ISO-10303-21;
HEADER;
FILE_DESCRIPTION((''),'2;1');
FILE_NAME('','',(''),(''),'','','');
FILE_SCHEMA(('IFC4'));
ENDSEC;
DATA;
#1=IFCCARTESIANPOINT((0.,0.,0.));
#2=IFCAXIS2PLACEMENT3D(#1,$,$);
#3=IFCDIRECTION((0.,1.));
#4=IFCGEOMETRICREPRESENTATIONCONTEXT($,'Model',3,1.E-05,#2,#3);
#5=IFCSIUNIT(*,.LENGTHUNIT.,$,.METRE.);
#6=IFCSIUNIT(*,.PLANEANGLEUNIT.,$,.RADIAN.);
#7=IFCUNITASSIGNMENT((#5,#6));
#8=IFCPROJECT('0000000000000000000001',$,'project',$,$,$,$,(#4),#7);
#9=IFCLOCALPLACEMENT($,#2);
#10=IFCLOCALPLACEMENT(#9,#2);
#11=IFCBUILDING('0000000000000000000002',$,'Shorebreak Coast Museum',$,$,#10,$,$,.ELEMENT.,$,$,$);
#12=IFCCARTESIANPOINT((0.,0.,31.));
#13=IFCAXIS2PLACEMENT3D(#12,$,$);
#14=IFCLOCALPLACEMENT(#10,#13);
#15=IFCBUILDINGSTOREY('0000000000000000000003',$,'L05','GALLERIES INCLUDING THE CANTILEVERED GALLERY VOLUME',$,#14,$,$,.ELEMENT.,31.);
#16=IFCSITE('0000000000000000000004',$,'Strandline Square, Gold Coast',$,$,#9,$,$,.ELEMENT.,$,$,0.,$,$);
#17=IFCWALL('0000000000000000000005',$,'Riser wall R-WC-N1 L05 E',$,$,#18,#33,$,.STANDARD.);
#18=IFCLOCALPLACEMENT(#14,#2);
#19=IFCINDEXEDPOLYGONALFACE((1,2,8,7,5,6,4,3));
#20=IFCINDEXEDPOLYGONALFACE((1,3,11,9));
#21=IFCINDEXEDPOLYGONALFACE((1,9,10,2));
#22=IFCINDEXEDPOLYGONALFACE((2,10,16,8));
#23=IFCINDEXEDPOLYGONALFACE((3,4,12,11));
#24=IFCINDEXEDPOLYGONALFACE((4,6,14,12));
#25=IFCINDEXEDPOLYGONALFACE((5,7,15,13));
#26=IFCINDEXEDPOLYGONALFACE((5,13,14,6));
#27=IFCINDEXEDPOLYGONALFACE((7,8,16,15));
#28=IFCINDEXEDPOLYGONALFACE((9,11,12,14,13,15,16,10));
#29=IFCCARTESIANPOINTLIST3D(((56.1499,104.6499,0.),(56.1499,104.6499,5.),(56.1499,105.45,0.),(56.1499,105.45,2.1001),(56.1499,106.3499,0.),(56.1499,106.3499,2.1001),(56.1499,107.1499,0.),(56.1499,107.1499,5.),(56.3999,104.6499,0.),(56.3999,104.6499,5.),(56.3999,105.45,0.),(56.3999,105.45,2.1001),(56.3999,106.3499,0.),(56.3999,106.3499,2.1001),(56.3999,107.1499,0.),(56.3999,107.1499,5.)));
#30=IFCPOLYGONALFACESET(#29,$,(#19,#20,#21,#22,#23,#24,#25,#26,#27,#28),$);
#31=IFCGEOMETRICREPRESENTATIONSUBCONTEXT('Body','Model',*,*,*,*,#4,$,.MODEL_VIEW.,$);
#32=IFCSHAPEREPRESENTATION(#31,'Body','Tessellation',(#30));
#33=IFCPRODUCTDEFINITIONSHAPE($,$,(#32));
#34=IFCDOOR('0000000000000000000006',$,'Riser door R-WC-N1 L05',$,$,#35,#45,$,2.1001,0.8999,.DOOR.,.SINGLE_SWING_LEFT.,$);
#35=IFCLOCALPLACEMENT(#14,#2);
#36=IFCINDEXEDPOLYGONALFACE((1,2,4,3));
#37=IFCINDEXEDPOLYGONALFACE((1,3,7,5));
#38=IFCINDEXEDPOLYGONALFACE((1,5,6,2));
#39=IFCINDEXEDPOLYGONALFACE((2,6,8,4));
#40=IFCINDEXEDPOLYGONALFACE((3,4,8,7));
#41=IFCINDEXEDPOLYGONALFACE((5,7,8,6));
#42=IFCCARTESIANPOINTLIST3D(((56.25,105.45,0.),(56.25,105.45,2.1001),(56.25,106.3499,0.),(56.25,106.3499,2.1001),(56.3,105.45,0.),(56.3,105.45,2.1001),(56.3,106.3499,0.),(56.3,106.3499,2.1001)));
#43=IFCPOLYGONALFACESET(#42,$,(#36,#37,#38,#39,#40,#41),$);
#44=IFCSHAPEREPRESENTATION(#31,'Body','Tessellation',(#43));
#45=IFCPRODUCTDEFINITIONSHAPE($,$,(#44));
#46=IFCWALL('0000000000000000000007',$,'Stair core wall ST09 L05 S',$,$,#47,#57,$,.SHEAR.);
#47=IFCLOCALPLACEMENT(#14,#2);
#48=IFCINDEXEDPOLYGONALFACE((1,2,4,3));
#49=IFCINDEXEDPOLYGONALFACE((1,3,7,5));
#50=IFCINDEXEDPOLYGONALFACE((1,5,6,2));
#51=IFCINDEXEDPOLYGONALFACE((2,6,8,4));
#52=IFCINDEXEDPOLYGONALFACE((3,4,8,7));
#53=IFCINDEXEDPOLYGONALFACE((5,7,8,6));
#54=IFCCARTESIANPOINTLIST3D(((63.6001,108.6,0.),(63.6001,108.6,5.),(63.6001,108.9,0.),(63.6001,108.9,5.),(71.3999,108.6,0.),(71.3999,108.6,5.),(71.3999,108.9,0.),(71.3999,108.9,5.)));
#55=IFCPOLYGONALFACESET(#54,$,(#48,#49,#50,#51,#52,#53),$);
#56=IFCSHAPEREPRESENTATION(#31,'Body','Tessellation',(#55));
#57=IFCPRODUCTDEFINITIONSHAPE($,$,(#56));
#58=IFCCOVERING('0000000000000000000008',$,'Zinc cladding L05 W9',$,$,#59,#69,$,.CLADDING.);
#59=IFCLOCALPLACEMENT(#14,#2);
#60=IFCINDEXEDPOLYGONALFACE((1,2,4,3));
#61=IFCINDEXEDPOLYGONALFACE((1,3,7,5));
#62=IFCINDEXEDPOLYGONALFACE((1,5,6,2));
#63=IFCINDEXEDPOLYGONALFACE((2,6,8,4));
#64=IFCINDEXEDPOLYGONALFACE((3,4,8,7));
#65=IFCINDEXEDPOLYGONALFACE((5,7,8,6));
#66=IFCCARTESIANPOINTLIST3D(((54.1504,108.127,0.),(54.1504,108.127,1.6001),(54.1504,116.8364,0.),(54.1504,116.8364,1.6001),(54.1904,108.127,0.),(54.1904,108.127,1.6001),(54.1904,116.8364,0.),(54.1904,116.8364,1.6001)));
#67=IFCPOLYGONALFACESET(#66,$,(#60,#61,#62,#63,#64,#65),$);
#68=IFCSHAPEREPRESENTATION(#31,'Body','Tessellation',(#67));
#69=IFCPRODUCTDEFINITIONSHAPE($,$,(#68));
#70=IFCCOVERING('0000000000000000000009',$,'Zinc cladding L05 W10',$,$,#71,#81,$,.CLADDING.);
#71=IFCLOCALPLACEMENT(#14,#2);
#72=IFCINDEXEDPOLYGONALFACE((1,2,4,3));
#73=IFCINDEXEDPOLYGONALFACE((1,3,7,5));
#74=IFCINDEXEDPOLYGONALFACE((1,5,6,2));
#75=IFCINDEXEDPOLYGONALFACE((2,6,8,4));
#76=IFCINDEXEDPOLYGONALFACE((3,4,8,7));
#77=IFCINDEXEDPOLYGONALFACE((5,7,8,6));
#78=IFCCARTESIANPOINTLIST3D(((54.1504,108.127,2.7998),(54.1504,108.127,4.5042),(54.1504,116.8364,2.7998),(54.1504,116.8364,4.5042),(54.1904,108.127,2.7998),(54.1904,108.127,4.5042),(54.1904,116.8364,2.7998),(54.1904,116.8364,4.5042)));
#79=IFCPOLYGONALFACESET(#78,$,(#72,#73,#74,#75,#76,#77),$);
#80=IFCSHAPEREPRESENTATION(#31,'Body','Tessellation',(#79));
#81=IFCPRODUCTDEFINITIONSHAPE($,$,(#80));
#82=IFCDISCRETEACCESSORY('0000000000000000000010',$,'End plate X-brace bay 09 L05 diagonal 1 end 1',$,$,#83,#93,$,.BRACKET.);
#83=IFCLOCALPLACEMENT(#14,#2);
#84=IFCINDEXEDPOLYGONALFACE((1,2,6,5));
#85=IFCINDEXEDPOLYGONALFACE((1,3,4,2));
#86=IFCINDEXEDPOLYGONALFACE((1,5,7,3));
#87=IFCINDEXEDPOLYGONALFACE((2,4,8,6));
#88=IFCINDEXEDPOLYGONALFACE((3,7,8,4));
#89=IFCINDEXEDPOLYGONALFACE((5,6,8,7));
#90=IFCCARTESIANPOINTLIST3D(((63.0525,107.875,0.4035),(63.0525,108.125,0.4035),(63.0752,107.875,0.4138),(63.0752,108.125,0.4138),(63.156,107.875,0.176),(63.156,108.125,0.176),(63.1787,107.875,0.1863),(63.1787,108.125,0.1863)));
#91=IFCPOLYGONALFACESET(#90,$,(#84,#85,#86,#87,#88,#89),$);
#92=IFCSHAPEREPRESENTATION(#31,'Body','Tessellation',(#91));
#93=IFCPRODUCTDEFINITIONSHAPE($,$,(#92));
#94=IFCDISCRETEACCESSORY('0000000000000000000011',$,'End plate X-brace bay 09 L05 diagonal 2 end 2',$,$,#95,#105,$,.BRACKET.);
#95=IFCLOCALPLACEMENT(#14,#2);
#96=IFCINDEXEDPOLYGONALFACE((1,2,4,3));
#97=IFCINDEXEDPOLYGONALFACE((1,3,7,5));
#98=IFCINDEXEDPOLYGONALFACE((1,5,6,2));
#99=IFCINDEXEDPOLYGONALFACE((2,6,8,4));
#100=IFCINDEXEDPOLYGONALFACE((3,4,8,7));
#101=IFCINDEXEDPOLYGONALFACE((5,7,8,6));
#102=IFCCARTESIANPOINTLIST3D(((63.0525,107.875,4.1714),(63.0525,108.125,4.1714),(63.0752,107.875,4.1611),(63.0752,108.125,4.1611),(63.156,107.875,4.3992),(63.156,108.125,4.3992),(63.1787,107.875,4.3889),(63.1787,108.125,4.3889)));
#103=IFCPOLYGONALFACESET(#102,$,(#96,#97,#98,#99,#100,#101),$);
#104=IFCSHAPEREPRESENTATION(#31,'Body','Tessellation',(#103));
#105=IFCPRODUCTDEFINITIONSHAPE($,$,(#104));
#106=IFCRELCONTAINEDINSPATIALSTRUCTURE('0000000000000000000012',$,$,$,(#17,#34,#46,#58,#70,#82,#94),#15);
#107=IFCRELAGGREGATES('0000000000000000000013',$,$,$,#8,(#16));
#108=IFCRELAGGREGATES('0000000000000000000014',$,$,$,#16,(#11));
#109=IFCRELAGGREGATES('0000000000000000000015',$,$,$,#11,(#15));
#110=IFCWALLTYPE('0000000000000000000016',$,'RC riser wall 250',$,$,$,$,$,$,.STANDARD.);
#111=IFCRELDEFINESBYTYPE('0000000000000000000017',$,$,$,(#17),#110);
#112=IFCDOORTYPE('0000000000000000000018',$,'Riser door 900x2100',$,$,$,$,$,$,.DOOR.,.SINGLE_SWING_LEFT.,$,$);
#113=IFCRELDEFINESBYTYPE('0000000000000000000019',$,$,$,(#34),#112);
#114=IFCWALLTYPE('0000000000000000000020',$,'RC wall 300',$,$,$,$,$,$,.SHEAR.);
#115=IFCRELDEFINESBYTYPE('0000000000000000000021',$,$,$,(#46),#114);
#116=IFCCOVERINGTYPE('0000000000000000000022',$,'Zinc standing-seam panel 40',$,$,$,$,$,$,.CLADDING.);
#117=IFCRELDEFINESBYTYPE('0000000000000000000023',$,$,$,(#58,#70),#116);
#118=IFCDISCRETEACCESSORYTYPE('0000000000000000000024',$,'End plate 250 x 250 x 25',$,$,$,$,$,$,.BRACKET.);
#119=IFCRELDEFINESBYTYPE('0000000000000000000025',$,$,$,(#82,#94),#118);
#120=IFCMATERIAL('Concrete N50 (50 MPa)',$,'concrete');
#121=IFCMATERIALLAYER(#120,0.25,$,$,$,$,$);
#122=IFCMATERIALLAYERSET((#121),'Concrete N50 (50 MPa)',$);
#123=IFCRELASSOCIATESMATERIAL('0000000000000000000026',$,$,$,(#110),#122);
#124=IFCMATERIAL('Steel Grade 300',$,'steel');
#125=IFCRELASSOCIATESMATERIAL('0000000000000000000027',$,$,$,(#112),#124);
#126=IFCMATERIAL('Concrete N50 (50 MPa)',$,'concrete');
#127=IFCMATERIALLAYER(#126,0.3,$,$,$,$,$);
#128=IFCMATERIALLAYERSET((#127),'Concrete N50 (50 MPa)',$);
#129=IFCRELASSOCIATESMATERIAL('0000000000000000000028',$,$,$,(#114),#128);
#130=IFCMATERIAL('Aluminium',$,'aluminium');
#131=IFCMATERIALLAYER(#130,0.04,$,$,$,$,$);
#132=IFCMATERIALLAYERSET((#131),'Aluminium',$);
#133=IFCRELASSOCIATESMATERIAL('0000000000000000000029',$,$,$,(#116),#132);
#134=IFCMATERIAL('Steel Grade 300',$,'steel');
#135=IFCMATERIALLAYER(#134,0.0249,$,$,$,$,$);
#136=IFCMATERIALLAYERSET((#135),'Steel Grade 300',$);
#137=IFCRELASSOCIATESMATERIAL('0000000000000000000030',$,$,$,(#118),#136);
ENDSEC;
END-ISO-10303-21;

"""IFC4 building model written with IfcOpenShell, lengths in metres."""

from ifc_helpers import new_model, si_unit, direction, frame, frame_2d, origin, origin_2d, place, context, subcontext, project, spatial, polyline, rectangle, outline, extrude, material, layer, layer_set, type_object, element, fill, save


model = new_model("IFC4")

# Units and contexts
model_context = context("Model", 3, precision=1e-05, world=origin(), true_north=direction((0.0, 1.0)))
body_context = subcontext(model_context, "Body", "Model", "MODEL_VIEW")
ifc_project = project(units=[si_unit("LENGTHUNIT", "METRE"), si_unit("PLANEANGLEUNIT", "RADIAN")], contexts=[model_context])

# Site, building, storey
site_placement = place(None, origin())
site = spatial("IfcSite", under=ifc_project, at=site_placement, Name="Strandline Square, Gold Coast", CompositionType="ELEMENT", RefElevation=0.0)
building_placement = place(site_placement, origin())
building = spatial("IfcBuilding", under=site, at=building_placement, Name="Shorebreak Coast Museum", CompositionType="ELEMENT")
storey_placement = place(building_placement, frame((0.0, 0.0, 31.0)))
storey = spatial("IfcBuildingStorey", under=building, at=storey_placement, Name="L05", Description="GALLERIES INCLUDING THE CANTILEVERED GALLERY VOLUME", CompositionType="ELEMENT", Elevation=31.0)

# Shared definitions
ifc_material_1 = material(Name="Concrete N50 (50 MPa)", Category="concrete")
ifc_layer_1 = layer(ifc_material_1, 0.25)
ifc_layer_set_1 = layer_set([ifc_layer_1], Name="Concrete N50 (50 MPa)")
wall_type_1 = type_object("IfcWallType", Name="RC riser wall 250", PredefinedType="STANDARD", material=ifc_layer_set_1)

# Wall, opening, door
wall_1_placement = place(storey_placement, frame((56.2749, 104.6499, 0.0), z_axis=(0.0, 0.0, 1.0), x_axis=(0.0, 1.0, 0.0)))
wall_1 = element("IfcWall", 1, at=wall_1_placement, inside=storey, type_object=wall_type_1, Name="Riser wall R-WC-N1 L05 E", PredefinedType="STANDARD", context=body_context, shape_type="SweptSolid", body=[
    extrude(rectangle(XDim=2.5, YDim=0.25, at=frame_2d((1.25, 0.0))), origin(), (0.0, 0.0, 1.0), 5.0),
])
opening_1_placement = place(wall_1_placement, frame((0.8, 0.0, 0.0)))
opening_1 = element("IfcOpeningElement", 2, at=opening_1_placement, cuts=wall_1, PredefinedType="OPENING", context=body_context, shape_type="SweptSolid", body=[
    extrude(rectangle(XDim=0.8999, YDim=2.1001, at=frame_2d((0.45, 1.05))), frame((0.0, 0.135, 0.0), z_axis=(0.0, -1.0, 0.0), x_axis=(1.0, 0.0, 0.0)), (0.0, 0.0, 1.0), 0.27),
])
ifc_material_2 = material(Name="Steel Grade 300", Category="steel")
door_type_1 = type_object("IfcDoorType", Name="Riser door 900x2100", OperationType="SINGLE_SWING_LEFT", PredefinedType="DOOR", material=ifc_material_2)
door_1_placement = place(opening_1_placement, origin())
door_1 = element("IfcDoor", 3, at=door_1_placement, inside=storey, type_object=door_type_1, Name="Riser door R-WC-N1 L05", OperationType="SINGLE_SWING_LEFT", OverallHeight=2.1001, OverallWidth=0.8999, PredefinedType="DOOR", context=body_context, shape_type="SweptSolid", body=[
    extrude(rectangle(XDim=0.8999, YDim=2.1001, at=frame_2d((0.45, 1.05))), frame((0.0, 0.0249, 0.0), z_axis=(0.0, -1.0, 0.0), x_axis=(1.0, 0.0, 0.0)), (0.0, 0.0, 1.0), 0.05),
])
fill(opening_1, door_1)

# Wall
ifc_material_3 = material(Name="Concrete N50 (50 MPa)", Category="concrete")
ifc_layer_2 = layer(ifc_material_3, 0.3)
ifc_layer_set_2 = layer_set([ifc_layer_2], Name="Concrete N50 (50 MPa)")
wall_type_2 = type_object("IfcWallType", Name="RC wall 300", PredefinedType="SHEAR", material=ifc_layer_set_2)
wall_2_placement = place(storey_placement, frame((63.6001, 108.75, 0.0), z_axis=(0.0, 0.0, 1.0), x_axis=(1.0, 0.0, 0.0)))
element("IfcWall", 4, at=wall_2_placement, inside=storey, type_object=wall_type_2, Name="Stair core wall ST09 L05 S", PredefinedType="SHEAR", context=body_context, shape_type="SweptSolid", body=[
    extrude(rectangle(XDim=7.7998, YDim=0.3, at=frame_2d((3.8999, 0.0))), origin(), (0.0, 0.0, 1.0), 5.0),
])

# Coverings
ifc_material_4 = material(Name="Aluminium", Category="aluminium")
ifc_layer_3 = layer(ifc_material_4, 0.04)
ifc_layer_set_3 = layer_set([ifc_layer_3], Name="Aluminium")
covering_type = type_object("IfcCoveringType", Name="Zinc standing-seam panel 40", PredefinedType="CLADDING", material=ifc_layer_set_3)
covering_1_placement = place(storey_placement, frame((54.1704, 112.4817, 0.0), z_axis=(0.0, 0.0, 1.0), x_axis=(1.0, 0.0, 0.0)))
element("IfcCovering", 5, at=covering_1_placement, inside=storey, type_object=covering_type, Name="Zinc cladding L05 W9", PredefinedType="CLADDING", context=body_context, shape_type="SweptSolid", body=[
    extrude(rectangle(XDim=0.04, YDim=8.7095, at=origin_2d()), origin(), (0.0, 0.0, 1.0), 1.6001),
])
covering_2_placement = place(storey_placement, frame((54.1704, 112.4817, 2.7998), z_axis=(0.0, 0.0, 1.0), x_axis=(1.0, 0.0, 0.0)))
element("IfcCovering", 6, at=covering_2_placement, inside=storey, type_object=covering_type, Name="Zinc cladding L05 W10", PredefinedType="CLADDING", context=body_context, shape_type="SweptSolid", body=[
    extrude(rectangle(XDim=0.04, YDim=8.7095, at=origin_2d()), origin(), (0.0, 0.0, 1.0), 1.7043),
])

# Discrete accessories
ifc_material_5 = material(Name="Steel Grade 300", Category="steel")
ifc_layer_4 = layer(ifc_material_5, 0.0249)
ifc_layer_set_4 = layer_set([ifc_layer_4], Name="Steel Grade 300")
discrete_accessory_type = type_object("IfcDiscreteAccessoryType", Name="End plate 250 x 250 x 25", PredefinedType="BRACKET", material=ifc_layer_set_4)
discrete_accessory_1_placement = place(storey_placement, frame((63.1787, 107.875, 0.1863), z_axis=(0.910233, 0.0, 0.414097), x_axis=(0.0, 1.0, 0.0)))
element("IfcDiscreteAccessory", 7, at=discrete_accessory_1_placement, inside=storey, type_object=discrete_accessory_type, Name="End plate X-brace bay 09 L05 diagonal 1 end 1", PredefinedType="BRACKET", context=body_context, shape_type="SweptSolid", body=[
    extrude(outline(polyline([(0.0, 0.0), (0.25, 0.0), (0.25, 0.25), (0.0, 0.25), (0.0, 0.0)])), origin(), (0.0, 0.0, -1.0), 0.0249),
])
discrete_accessory_2_placement = place(storey_placement, frame((63.0525, 108.125, 4.1714), z_axis=(-0.9104, 0.0, 0.413729), x_axis=(0.0, -1.0, 0.0)))
element("IfcDiscreteAccessory", 8, at=discrete_accessory_2_placement, inside=storey, type_object=discrete_accessory_type, Name="End plate X-brace bay 09 L05 diagonal 2 end 2", PredefinedType="BRACKET", context=body_context, shape_type="SweptSolid", body=[
    extrude(outline(polyline([(0.0, 0.0), (0.25, 0.0), (0.25, 0.2502), (0.0, 0.2502), (0.0, 0.0)])), origin(), (0.0, 0.0, -1.0), 0.0249),
])

save(model, "model.ifc")
